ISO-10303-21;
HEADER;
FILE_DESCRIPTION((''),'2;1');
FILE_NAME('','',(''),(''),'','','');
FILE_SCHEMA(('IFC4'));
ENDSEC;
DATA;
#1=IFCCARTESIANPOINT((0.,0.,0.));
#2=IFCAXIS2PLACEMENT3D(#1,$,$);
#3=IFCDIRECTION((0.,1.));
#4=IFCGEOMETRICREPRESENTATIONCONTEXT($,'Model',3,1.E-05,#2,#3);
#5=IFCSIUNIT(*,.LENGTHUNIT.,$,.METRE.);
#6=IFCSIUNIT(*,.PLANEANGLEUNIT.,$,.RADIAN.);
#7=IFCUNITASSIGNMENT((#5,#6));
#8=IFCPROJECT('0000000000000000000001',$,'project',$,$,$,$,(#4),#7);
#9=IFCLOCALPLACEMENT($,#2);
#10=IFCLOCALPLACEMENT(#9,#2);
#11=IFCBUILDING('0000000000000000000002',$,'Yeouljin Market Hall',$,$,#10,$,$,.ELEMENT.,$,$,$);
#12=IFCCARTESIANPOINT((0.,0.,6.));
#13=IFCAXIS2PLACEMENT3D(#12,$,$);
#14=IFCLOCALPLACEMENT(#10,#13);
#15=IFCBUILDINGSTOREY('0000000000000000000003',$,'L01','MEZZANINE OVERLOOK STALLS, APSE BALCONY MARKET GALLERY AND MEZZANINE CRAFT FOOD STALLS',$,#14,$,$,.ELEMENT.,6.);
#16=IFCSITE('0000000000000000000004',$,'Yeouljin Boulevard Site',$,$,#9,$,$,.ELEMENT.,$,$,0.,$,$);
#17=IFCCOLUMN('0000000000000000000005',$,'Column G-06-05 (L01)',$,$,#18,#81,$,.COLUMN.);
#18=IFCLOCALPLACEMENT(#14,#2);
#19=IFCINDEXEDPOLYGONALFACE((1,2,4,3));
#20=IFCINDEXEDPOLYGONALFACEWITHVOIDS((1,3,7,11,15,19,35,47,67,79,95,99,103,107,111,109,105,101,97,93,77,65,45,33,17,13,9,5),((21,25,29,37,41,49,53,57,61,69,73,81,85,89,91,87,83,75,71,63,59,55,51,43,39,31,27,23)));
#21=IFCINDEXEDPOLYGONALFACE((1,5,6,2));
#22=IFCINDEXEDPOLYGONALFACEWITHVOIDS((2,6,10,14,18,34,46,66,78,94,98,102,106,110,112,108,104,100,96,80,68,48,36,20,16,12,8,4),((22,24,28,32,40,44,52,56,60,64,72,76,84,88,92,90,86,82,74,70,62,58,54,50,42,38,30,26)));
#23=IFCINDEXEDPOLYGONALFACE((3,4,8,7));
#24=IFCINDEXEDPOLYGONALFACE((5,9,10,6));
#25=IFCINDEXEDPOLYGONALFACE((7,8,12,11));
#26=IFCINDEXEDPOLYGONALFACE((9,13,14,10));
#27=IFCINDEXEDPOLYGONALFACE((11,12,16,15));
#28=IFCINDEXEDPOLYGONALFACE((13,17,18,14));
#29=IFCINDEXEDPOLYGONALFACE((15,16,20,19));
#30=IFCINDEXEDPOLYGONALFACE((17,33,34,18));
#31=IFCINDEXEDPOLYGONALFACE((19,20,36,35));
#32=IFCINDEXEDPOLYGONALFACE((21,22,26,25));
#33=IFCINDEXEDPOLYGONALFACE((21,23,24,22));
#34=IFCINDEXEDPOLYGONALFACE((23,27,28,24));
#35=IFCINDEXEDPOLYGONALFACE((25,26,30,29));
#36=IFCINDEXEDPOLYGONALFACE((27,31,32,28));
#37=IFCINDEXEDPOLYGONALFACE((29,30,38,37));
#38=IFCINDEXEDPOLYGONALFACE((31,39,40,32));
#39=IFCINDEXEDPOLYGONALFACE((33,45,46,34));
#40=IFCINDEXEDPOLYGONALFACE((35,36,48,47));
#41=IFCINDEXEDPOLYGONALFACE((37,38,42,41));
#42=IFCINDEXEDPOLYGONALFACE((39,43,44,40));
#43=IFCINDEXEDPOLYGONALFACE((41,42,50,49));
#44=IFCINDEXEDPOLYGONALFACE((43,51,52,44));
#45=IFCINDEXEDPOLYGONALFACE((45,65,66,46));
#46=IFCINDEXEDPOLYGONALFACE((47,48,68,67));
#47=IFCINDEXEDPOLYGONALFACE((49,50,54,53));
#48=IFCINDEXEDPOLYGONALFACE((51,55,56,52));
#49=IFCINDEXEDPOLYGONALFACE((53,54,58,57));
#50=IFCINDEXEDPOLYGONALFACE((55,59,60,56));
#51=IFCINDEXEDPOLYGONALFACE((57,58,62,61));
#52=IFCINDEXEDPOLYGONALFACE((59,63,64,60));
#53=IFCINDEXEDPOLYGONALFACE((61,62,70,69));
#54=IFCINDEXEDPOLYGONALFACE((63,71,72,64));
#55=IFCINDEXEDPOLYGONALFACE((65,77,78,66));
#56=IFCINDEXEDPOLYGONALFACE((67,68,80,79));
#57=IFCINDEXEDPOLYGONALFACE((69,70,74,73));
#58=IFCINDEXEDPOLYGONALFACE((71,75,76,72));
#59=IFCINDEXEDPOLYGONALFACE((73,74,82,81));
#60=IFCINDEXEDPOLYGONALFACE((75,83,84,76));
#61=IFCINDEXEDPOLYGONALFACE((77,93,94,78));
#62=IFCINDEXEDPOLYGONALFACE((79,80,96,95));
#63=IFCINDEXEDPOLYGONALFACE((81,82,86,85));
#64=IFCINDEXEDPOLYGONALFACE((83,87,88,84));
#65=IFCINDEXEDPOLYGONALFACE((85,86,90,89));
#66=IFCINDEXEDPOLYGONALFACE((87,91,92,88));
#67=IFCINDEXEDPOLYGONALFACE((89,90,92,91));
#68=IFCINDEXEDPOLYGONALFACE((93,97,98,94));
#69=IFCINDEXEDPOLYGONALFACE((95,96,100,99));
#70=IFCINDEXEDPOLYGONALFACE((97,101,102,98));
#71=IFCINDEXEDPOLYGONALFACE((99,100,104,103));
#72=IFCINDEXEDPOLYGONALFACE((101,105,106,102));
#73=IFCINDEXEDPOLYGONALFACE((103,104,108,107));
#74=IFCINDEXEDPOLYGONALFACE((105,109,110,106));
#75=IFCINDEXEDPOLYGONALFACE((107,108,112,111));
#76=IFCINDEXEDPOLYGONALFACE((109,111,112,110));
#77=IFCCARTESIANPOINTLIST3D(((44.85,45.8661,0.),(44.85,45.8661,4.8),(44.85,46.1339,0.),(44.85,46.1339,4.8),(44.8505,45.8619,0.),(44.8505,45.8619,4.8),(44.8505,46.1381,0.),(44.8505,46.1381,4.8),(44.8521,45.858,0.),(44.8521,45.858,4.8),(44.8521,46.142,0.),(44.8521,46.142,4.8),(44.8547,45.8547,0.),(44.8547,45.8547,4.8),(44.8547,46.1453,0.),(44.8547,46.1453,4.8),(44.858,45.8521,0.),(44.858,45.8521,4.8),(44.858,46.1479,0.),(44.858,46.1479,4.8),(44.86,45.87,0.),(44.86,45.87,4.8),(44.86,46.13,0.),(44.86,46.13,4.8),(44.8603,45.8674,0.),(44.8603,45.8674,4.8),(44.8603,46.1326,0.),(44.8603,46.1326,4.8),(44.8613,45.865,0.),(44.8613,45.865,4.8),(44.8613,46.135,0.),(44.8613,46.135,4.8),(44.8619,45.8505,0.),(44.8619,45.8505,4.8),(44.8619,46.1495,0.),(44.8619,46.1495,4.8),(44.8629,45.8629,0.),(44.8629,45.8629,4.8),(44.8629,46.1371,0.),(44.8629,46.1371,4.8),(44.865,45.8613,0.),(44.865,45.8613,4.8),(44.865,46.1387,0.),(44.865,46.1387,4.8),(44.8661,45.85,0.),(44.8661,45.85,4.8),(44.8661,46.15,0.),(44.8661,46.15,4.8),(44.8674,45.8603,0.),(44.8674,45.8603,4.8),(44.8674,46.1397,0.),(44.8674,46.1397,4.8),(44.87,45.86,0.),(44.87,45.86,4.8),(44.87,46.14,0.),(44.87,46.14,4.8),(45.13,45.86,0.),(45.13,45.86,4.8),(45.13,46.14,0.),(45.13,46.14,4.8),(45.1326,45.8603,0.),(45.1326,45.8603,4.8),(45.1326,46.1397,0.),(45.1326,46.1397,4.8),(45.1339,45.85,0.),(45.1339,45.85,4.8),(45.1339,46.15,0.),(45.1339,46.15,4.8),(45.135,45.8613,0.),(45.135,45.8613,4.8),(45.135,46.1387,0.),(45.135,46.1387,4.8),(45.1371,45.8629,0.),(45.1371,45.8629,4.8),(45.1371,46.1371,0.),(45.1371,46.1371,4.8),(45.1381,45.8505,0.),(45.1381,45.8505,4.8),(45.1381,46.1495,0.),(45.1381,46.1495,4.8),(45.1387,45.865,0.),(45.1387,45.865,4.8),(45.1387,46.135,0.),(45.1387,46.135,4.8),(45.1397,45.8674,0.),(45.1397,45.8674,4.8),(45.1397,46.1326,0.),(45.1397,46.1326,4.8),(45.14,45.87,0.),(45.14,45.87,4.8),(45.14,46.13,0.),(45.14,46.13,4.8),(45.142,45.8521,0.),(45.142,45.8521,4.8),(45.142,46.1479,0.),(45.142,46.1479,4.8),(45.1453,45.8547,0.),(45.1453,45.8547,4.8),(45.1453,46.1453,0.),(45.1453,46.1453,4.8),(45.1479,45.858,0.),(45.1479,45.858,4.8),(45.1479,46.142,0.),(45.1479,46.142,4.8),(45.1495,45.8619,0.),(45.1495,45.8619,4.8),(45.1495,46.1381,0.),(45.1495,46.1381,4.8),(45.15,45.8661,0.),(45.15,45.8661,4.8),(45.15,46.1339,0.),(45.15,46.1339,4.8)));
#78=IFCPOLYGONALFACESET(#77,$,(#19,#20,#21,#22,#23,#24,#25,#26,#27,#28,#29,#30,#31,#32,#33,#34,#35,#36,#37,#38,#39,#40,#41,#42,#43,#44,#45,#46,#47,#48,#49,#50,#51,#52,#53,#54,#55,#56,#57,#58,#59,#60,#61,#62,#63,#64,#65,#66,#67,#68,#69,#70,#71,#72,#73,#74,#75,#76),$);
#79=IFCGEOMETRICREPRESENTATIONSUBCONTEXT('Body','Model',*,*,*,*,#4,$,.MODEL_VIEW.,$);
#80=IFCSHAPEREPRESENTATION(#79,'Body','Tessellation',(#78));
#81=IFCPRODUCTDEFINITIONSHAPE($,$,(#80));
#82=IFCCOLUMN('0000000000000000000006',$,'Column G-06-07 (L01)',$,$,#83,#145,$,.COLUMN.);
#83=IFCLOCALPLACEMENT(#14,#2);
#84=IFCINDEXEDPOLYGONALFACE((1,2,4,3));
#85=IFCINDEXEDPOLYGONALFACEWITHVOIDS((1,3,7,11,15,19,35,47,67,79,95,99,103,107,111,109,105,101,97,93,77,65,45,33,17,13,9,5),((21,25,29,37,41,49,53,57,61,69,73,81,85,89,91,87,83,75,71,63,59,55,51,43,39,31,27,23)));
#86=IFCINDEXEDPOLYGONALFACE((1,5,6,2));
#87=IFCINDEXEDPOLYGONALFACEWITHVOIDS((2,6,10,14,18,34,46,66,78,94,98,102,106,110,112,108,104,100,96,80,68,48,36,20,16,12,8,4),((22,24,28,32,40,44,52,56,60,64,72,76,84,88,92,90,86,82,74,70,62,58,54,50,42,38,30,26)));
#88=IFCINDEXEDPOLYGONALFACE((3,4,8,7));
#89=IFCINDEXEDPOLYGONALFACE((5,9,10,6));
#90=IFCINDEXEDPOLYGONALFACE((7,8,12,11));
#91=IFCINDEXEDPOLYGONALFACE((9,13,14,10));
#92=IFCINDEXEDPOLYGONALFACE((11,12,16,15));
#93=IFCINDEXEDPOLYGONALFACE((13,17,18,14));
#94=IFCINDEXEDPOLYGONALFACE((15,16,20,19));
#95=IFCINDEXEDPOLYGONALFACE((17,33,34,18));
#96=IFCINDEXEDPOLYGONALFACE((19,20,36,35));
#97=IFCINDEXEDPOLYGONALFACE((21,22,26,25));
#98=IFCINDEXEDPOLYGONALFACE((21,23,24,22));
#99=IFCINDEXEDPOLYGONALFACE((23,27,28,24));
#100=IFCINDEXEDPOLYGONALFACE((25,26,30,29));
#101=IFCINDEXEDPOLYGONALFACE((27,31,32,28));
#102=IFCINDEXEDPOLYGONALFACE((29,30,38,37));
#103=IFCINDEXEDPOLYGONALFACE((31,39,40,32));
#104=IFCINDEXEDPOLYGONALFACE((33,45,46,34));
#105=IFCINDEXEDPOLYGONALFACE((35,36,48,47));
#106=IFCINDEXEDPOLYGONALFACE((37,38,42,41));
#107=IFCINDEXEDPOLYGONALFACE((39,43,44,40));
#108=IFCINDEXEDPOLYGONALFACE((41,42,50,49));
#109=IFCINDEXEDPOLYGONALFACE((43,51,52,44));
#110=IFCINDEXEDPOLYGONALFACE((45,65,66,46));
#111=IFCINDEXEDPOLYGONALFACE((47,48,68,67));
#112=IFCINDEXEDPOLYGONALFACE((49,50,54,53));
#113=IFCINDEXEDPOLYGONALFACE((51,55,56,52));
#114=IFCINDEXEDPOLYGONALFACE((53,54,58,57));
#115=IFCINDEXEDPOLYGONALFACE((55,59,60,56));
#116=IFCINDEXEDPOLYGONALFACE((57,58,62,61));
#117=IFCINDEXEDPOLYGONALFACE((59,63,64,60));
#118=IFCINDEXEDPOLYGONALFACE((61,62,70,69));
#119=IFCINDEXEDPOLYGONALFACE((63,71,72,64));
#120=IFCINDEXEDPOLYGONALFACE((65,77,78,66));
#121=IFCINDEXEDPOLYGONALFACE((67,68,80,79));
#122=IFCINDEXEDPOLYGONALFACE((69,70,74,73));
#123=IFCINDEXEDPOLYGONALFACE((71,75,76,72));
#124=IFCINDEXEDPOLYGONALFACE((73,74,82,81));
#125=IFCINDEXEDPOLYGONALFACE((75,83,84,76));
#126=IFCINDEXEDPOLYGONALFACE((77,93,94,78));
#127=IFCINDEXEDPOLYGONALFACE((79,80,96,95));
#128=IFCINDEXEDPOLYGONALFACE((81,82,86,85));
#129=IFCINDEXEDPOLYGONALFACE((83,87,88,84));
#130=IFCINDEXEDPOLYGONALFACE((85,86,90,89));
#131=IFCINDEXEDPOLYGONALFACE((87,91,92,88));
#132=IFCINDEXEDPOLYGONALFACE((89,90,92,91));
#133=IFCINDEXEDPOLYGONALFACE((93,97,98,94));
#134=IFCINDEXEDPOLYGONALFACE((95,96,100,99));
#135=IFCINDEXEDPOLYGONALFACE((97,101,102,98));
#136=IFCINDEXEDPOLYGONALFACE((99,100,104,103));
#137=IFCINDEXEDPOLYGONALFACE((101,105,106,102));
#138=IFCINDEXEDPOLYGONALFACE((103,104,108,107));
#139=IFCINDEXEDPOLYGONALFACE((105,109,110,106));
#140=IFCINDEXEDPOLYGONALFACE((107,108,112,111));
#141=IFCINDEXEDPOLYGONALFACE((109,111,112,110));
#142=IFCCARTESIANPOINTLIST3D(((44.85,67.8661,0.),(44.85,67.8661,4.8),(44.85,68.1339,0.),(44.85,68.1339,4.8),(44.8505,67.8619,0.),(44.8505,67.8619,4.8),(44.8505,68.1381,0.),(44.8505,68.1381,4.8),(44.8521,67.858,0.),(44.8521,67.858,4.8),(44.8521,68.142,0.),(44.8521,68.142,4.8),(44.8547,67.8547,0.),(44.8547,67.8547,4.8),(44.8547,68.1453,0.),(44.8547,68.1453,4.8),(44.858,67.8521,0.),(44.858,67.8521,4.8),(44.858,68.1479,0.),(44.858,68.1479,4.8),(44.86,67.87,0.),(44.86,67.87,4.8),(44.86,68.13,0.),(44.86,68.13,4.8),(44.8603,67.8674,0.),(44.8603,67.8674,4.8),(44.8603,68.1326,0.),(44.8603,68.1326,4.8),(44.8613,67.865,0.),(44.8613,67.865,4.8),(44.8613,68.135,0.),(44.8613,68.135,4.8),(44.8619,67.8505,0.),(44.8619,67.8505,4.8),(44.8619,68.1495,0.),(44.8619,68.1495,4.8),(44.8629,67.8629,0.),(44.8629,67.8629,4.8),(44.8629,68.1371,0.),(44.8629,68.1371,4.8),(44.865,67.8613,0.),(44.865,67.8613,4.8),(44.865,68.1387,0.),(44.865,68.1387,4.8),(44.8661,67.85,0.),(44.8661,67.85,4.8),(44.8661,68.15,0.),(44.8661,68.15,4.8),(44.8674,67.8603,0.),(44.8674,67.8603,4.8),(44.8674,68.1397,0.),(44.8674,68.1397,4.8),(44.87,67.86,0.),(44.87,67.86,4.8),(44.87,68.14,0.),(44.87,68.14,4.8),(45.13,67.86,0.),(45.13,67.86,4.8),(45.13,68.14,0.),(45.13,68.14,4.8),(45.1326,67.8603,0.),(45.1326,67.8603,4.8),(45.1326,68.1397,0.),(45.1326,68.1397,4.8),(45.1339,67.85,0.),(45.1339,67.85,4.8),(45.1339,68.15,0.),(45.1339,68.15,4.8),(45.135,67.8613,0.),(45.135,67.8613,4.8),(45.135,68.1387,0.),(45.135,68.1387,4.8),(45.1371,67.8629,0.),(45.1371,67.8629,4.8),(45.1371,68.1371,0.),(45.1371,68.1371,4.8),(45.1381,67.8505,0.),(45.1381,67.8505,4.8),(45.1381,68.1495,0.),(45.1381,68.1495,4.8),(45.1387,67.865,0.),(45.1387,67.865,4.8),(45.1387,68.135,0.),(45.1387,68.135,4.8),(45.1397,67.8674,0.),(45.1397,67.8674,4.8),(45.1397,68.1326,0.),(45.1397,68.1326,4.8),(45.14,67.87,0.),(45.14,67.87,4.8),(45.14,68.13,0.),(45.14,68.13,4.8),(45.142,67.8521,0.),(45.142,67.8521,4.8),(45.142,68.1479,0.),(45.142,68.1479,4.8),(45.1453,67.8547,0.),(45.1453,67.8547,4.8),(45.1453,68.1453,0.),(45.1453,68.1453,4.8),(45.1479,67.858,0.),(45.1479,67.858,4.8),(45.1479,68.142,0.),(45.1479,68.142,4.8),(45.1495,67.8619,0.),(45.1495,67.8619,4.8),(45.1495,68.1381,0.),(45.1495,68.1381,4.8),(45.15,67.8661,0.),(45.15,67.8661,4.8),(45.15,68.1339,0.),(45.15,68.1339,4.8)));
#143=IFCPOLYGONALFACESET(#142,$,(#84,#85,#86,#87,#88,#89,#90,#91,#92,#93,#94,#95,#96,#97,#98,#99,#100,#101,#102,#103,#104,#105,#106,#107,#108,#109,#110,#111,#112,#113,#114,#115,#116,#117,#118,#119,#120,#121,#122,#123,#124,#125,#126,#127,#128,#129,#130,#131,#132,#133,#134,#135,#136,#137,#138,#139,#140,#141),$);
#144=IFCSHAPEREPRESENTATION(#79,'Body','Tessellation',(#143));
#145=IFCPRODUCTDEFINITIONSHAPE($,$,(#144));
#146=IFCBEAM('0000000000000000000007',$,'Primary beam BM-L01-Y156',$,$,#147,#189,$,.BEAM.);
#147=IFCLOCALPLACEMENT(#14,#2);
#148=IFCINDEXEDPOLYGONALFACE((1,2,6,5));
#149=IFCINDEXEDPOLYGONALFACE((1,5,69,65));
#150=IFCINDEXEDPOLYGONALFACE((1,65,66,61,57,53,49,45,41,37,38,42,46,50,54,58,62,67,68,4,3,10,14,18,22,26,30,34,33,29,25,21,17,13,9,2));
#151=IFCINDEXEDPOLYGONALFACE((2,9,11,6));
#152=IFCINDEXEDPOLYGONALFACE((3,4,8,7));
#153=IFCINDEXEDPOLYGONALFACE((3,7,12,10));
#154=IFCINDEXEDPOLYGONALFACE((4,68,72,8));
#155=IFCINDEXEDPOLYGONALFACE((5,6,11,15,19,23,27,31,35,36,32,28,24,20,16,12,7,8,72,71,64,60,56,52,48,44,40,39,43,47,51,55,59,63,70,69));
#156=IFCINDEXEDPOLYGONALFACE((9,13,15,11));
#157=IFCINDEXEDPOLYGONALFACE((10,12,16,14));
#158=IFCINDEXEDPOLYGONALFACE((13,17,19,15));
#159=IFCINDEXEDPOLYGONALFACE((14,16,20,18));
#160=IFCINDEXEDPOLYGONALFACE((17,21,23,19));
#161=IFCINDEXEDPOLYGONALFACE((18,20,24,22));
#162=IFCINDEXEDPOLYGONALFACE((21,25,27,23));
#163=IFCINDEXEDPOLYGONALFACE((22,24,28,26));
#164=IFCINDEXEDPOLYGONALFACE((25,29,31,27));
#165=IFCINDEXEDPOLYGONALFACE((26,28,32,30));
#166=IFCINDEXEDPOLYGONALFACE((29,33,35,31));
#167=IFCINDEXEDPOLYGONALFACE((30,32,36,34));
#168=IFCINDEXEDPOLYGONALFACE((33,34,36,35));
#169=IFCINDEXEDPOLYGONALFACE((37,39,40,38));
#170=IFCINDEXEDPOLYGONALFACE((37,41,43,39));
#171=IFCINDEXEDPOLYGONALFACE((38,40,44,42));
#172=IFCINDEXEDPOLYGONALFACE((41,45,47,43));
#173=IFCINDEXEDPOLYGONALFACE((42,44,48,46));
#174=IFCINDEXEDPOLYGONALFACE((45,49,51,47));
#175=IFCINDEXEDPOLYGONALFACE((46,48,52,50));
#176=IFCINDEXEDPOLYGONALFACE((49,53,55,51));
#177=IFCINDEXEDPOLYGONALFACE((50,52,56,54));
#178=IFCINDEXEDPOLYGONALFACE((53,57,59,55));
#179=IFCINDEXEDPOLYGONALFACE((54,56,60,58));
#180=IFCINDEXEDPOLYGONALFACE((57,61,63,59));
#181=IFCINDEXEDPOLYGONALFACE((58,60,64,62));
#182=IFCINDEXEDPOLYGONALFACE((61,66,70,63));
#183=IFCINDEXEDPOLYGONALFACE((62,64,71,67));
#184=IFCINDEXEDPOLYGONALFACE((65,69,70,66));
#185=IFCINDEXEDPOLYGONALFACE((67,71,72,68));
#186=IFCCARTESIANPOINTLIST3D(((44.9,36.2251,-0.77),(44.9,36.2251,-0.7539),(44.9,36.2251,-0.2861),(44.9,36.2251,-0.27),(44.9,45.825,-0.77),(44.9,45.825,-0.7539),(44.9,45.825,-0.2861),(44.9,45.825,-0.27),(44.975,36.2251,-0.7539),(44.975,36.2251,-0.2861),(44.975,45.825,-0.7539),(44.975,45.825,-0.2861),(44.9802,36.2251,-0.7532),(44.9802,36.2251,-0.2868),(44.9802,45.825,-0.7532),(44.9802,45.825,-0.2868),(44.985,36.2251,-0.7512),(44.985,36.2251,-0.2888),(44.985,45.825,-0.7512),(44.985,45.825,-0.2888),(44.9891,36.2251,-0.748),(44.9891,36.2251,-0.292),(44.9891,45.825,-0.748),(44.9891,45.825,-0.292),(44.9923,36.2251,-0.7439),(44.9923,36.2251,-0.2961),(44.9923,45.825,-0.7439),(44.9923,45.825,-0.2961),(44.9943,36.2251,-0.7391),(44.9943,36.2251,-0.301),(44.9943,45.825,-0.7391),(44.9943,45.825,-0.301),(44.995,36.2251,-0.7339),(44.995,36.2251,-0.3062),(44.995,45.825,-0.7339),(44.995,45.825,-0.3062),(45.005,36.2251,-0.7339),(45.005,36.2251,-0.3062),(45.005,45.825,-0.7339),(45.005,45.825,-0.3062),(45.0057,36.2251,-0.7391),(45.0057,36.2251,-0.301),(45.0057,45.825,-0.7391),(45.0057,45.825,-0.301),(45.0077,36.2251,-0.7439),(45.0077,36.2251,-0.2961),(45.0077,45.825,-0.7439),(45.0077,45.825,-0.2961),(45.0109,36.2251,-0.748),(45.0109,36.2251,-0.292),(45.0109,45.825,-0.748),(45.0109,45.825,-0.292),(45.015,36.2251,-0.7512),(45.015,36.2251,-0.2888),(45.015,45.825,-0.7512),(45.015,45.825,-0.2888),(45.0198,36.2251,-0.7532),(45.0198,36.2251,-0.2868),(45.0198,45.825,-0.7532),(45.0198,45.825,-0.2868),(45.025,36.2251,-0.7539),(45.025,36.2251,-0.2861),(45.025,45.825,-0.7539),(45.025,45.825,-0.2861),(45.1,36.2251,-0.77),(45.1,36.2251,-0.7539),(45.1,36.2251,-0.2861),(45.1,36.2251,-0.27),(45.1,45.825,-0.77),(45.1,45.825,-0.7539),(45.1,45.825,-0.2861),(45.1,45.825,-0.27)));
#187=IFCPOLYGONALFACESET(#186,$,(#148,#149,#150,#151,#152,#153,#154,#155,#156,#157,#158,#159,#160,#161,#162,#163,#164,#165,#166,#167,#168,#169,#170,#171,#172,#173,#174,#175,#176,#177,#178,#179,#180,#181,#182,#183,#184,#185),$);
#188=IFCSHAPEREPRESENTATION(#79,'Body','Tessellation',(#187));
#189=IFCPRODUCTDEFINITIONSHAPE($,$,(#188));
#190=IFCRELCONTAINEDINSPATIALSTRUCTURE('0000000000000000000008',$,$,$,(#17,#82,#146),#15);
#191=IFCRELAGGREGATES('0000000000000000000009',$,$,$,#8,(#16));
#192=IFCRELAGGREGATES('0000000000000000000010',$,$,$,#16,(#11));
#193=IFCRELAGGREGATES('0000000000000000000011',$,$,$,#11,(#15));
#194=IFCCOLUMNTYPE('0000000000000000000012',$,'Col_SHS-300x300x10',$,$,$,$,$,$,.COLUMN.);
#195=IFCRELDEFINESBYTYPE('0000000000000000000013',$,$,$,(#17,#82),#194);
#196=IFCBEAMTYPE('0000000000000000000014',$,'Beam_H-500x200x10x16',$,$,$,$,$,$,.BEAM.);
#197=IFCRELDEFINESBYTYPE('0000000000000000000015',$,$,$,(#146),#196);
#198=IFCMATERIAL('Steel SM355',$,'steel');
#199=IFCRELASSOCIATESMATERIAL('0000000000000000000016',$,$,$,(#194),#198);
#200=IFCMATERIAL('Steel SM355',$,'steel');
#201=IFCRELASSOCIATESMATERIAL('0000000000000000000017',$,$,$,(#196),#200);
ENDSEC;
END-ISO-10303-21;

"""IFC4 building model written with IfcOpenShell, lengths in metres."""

from ifc_helpers import new_model, si_unit, direction, frame, origin, origin_2d, place, context, subcontext, project, spatial, hollow_rectangle, i_section, extrude, material, material_profile, profile_set, type_object, element, save


model = new_model("IFC4")

# Units and contexts
model_context = context("Model", 3, precision=1e-05, world=origin(), true_north=direction((0.0, 1.0)))
body_context = subcontext(model_context, "Body", "Model", "MODEL_VIEW")
ifc_project = project(units=[si_unit("LENGTHUNIT", "METRE"), si_unit("PLANEANGLEUNIT", "RADIAN")], contexts=[model_context])

# Site, building, storey
site_placement = place(None, origin())
site = spatial("IfcSite", under=ifc_project, at=site_placement, Name="Yeouljin Boulevard Site", CompositionType="ELEMENT", RefElevation=0.0)
building_placement = place(site_placement, origin())
building = spatial("IfcBuilding", under=site, at=building_placement, Name="Yeouljin Market Hall", CompositionType="ELEMENT")
storey_placement = place(building_placement, frame((0.0, 0.0, 6.0)))
storey = spatial("IfcBuildingStorey", under=building, at=storey_placement, Name="L01", Description="MEZZANINE OVERLOOK STALLS, APSE BALCONY MARKET GALLERY AND MEZZANINE CRAFT FOOD STALLS", CompositionType="ELEMENT", Elevation=6.0)

# Columns
ifc_material_1 = material(Name="Steel SM355", Category="steel")
ifc_material_profile_1 = material_profile(ifc_material_1, hollow_rectangle(XDim=0.3, YDim=0.3, WallThickness=0.01, InnerFilletRadius=0.01, OuterFilletRadius=0.0161, at=origin_2d()), Name="SHS-300x300x10")
ifc_profile_set_1 = profile_set([ifc_material_profile_1], Name="Steel SM355")
column_type = type_object("IfcColumnType", Name="Col_SHS-300x300x10", PredefinedType="COLUMN", material=ifc_profile_set_1)
for number, where, z_axis, x_axis, name in (
    (1, (45.0, 46.0, 0.0), (0.0, 0.0, 1.0), (1.0, 0.0, 0.0), "Column G-06-05 (L01)"),
    (2, (45.0, 68.0, 0.0), (0.0, 0.0, 1.0), (1.0, 0.0, 0.0), "Column G-06-07 (L01)"),
):
    element("IfcColumn", number, at=place(storey_placement, frame(where, z_axis=z_axis, x_axis=x_axis)), inside=storey, type_object=column_type, Name=name, PredefinedType="COLUMN", context=body_context, shape_type="SweptSolid", body=[
        extrude(hollow_rectangle(XDim=0.3, YDim=0.3, WallThickness=0.01, InnerFilletRadius=0.01, OuterFilletRadius=0.0161, at=origin_2d()), origin(), (0.0, 0.0, 1.0), 4.8),
    ])

# Beam
ifc_material_2 = material(Name="Steel SM355", Category="steel")
ifc_material_profile_2 = material_profile(ifc_material_2, i_section(OverallWidth=0.2, OverallDepth=0.5, WebThickness=0.01, FlangeThickness=0.0161, FilletRadius=0.02, at=origin_2d()), Name="H-500x200x10x16")
ifc_profile_set_2 = profile_set([ifc_material_profile_2], Name="Steel SM355")
beam_type_1 = type_object("IfcBeamType", Name="Beam_H-500x200x10x16", PredefinedType="BEAM", material=ifc_profile_set_2)
for number, where, z_axis, x_axis, name in (
    (3, (45.0, 36.2251, -0.52), (0.0, 1.0, 0.0), (-1.0, 0.0, 0.0), "Primary beam BM-L01-Y156"),
):
    element("IfcBeam", number, at=place(storey_placement, frame(where, z_axis=z_axis, x_axis=x_axis)), inside=storey, type_object=beam_type_1, Name=name, PredefinedType="BEAM", context=body_context, shape_type="SweptSolid", body=[
        extrude(i_section(OverallWidth=0.2, OverallDepth=0.5, WebThickness=0.01, FlangeThickness=0.0161, FilletRadius=0.02, at=origin_2d()), origin(), (0.0, 0.0, 1.0), 9.5999),
    ])

save(model, "model.ifc")
